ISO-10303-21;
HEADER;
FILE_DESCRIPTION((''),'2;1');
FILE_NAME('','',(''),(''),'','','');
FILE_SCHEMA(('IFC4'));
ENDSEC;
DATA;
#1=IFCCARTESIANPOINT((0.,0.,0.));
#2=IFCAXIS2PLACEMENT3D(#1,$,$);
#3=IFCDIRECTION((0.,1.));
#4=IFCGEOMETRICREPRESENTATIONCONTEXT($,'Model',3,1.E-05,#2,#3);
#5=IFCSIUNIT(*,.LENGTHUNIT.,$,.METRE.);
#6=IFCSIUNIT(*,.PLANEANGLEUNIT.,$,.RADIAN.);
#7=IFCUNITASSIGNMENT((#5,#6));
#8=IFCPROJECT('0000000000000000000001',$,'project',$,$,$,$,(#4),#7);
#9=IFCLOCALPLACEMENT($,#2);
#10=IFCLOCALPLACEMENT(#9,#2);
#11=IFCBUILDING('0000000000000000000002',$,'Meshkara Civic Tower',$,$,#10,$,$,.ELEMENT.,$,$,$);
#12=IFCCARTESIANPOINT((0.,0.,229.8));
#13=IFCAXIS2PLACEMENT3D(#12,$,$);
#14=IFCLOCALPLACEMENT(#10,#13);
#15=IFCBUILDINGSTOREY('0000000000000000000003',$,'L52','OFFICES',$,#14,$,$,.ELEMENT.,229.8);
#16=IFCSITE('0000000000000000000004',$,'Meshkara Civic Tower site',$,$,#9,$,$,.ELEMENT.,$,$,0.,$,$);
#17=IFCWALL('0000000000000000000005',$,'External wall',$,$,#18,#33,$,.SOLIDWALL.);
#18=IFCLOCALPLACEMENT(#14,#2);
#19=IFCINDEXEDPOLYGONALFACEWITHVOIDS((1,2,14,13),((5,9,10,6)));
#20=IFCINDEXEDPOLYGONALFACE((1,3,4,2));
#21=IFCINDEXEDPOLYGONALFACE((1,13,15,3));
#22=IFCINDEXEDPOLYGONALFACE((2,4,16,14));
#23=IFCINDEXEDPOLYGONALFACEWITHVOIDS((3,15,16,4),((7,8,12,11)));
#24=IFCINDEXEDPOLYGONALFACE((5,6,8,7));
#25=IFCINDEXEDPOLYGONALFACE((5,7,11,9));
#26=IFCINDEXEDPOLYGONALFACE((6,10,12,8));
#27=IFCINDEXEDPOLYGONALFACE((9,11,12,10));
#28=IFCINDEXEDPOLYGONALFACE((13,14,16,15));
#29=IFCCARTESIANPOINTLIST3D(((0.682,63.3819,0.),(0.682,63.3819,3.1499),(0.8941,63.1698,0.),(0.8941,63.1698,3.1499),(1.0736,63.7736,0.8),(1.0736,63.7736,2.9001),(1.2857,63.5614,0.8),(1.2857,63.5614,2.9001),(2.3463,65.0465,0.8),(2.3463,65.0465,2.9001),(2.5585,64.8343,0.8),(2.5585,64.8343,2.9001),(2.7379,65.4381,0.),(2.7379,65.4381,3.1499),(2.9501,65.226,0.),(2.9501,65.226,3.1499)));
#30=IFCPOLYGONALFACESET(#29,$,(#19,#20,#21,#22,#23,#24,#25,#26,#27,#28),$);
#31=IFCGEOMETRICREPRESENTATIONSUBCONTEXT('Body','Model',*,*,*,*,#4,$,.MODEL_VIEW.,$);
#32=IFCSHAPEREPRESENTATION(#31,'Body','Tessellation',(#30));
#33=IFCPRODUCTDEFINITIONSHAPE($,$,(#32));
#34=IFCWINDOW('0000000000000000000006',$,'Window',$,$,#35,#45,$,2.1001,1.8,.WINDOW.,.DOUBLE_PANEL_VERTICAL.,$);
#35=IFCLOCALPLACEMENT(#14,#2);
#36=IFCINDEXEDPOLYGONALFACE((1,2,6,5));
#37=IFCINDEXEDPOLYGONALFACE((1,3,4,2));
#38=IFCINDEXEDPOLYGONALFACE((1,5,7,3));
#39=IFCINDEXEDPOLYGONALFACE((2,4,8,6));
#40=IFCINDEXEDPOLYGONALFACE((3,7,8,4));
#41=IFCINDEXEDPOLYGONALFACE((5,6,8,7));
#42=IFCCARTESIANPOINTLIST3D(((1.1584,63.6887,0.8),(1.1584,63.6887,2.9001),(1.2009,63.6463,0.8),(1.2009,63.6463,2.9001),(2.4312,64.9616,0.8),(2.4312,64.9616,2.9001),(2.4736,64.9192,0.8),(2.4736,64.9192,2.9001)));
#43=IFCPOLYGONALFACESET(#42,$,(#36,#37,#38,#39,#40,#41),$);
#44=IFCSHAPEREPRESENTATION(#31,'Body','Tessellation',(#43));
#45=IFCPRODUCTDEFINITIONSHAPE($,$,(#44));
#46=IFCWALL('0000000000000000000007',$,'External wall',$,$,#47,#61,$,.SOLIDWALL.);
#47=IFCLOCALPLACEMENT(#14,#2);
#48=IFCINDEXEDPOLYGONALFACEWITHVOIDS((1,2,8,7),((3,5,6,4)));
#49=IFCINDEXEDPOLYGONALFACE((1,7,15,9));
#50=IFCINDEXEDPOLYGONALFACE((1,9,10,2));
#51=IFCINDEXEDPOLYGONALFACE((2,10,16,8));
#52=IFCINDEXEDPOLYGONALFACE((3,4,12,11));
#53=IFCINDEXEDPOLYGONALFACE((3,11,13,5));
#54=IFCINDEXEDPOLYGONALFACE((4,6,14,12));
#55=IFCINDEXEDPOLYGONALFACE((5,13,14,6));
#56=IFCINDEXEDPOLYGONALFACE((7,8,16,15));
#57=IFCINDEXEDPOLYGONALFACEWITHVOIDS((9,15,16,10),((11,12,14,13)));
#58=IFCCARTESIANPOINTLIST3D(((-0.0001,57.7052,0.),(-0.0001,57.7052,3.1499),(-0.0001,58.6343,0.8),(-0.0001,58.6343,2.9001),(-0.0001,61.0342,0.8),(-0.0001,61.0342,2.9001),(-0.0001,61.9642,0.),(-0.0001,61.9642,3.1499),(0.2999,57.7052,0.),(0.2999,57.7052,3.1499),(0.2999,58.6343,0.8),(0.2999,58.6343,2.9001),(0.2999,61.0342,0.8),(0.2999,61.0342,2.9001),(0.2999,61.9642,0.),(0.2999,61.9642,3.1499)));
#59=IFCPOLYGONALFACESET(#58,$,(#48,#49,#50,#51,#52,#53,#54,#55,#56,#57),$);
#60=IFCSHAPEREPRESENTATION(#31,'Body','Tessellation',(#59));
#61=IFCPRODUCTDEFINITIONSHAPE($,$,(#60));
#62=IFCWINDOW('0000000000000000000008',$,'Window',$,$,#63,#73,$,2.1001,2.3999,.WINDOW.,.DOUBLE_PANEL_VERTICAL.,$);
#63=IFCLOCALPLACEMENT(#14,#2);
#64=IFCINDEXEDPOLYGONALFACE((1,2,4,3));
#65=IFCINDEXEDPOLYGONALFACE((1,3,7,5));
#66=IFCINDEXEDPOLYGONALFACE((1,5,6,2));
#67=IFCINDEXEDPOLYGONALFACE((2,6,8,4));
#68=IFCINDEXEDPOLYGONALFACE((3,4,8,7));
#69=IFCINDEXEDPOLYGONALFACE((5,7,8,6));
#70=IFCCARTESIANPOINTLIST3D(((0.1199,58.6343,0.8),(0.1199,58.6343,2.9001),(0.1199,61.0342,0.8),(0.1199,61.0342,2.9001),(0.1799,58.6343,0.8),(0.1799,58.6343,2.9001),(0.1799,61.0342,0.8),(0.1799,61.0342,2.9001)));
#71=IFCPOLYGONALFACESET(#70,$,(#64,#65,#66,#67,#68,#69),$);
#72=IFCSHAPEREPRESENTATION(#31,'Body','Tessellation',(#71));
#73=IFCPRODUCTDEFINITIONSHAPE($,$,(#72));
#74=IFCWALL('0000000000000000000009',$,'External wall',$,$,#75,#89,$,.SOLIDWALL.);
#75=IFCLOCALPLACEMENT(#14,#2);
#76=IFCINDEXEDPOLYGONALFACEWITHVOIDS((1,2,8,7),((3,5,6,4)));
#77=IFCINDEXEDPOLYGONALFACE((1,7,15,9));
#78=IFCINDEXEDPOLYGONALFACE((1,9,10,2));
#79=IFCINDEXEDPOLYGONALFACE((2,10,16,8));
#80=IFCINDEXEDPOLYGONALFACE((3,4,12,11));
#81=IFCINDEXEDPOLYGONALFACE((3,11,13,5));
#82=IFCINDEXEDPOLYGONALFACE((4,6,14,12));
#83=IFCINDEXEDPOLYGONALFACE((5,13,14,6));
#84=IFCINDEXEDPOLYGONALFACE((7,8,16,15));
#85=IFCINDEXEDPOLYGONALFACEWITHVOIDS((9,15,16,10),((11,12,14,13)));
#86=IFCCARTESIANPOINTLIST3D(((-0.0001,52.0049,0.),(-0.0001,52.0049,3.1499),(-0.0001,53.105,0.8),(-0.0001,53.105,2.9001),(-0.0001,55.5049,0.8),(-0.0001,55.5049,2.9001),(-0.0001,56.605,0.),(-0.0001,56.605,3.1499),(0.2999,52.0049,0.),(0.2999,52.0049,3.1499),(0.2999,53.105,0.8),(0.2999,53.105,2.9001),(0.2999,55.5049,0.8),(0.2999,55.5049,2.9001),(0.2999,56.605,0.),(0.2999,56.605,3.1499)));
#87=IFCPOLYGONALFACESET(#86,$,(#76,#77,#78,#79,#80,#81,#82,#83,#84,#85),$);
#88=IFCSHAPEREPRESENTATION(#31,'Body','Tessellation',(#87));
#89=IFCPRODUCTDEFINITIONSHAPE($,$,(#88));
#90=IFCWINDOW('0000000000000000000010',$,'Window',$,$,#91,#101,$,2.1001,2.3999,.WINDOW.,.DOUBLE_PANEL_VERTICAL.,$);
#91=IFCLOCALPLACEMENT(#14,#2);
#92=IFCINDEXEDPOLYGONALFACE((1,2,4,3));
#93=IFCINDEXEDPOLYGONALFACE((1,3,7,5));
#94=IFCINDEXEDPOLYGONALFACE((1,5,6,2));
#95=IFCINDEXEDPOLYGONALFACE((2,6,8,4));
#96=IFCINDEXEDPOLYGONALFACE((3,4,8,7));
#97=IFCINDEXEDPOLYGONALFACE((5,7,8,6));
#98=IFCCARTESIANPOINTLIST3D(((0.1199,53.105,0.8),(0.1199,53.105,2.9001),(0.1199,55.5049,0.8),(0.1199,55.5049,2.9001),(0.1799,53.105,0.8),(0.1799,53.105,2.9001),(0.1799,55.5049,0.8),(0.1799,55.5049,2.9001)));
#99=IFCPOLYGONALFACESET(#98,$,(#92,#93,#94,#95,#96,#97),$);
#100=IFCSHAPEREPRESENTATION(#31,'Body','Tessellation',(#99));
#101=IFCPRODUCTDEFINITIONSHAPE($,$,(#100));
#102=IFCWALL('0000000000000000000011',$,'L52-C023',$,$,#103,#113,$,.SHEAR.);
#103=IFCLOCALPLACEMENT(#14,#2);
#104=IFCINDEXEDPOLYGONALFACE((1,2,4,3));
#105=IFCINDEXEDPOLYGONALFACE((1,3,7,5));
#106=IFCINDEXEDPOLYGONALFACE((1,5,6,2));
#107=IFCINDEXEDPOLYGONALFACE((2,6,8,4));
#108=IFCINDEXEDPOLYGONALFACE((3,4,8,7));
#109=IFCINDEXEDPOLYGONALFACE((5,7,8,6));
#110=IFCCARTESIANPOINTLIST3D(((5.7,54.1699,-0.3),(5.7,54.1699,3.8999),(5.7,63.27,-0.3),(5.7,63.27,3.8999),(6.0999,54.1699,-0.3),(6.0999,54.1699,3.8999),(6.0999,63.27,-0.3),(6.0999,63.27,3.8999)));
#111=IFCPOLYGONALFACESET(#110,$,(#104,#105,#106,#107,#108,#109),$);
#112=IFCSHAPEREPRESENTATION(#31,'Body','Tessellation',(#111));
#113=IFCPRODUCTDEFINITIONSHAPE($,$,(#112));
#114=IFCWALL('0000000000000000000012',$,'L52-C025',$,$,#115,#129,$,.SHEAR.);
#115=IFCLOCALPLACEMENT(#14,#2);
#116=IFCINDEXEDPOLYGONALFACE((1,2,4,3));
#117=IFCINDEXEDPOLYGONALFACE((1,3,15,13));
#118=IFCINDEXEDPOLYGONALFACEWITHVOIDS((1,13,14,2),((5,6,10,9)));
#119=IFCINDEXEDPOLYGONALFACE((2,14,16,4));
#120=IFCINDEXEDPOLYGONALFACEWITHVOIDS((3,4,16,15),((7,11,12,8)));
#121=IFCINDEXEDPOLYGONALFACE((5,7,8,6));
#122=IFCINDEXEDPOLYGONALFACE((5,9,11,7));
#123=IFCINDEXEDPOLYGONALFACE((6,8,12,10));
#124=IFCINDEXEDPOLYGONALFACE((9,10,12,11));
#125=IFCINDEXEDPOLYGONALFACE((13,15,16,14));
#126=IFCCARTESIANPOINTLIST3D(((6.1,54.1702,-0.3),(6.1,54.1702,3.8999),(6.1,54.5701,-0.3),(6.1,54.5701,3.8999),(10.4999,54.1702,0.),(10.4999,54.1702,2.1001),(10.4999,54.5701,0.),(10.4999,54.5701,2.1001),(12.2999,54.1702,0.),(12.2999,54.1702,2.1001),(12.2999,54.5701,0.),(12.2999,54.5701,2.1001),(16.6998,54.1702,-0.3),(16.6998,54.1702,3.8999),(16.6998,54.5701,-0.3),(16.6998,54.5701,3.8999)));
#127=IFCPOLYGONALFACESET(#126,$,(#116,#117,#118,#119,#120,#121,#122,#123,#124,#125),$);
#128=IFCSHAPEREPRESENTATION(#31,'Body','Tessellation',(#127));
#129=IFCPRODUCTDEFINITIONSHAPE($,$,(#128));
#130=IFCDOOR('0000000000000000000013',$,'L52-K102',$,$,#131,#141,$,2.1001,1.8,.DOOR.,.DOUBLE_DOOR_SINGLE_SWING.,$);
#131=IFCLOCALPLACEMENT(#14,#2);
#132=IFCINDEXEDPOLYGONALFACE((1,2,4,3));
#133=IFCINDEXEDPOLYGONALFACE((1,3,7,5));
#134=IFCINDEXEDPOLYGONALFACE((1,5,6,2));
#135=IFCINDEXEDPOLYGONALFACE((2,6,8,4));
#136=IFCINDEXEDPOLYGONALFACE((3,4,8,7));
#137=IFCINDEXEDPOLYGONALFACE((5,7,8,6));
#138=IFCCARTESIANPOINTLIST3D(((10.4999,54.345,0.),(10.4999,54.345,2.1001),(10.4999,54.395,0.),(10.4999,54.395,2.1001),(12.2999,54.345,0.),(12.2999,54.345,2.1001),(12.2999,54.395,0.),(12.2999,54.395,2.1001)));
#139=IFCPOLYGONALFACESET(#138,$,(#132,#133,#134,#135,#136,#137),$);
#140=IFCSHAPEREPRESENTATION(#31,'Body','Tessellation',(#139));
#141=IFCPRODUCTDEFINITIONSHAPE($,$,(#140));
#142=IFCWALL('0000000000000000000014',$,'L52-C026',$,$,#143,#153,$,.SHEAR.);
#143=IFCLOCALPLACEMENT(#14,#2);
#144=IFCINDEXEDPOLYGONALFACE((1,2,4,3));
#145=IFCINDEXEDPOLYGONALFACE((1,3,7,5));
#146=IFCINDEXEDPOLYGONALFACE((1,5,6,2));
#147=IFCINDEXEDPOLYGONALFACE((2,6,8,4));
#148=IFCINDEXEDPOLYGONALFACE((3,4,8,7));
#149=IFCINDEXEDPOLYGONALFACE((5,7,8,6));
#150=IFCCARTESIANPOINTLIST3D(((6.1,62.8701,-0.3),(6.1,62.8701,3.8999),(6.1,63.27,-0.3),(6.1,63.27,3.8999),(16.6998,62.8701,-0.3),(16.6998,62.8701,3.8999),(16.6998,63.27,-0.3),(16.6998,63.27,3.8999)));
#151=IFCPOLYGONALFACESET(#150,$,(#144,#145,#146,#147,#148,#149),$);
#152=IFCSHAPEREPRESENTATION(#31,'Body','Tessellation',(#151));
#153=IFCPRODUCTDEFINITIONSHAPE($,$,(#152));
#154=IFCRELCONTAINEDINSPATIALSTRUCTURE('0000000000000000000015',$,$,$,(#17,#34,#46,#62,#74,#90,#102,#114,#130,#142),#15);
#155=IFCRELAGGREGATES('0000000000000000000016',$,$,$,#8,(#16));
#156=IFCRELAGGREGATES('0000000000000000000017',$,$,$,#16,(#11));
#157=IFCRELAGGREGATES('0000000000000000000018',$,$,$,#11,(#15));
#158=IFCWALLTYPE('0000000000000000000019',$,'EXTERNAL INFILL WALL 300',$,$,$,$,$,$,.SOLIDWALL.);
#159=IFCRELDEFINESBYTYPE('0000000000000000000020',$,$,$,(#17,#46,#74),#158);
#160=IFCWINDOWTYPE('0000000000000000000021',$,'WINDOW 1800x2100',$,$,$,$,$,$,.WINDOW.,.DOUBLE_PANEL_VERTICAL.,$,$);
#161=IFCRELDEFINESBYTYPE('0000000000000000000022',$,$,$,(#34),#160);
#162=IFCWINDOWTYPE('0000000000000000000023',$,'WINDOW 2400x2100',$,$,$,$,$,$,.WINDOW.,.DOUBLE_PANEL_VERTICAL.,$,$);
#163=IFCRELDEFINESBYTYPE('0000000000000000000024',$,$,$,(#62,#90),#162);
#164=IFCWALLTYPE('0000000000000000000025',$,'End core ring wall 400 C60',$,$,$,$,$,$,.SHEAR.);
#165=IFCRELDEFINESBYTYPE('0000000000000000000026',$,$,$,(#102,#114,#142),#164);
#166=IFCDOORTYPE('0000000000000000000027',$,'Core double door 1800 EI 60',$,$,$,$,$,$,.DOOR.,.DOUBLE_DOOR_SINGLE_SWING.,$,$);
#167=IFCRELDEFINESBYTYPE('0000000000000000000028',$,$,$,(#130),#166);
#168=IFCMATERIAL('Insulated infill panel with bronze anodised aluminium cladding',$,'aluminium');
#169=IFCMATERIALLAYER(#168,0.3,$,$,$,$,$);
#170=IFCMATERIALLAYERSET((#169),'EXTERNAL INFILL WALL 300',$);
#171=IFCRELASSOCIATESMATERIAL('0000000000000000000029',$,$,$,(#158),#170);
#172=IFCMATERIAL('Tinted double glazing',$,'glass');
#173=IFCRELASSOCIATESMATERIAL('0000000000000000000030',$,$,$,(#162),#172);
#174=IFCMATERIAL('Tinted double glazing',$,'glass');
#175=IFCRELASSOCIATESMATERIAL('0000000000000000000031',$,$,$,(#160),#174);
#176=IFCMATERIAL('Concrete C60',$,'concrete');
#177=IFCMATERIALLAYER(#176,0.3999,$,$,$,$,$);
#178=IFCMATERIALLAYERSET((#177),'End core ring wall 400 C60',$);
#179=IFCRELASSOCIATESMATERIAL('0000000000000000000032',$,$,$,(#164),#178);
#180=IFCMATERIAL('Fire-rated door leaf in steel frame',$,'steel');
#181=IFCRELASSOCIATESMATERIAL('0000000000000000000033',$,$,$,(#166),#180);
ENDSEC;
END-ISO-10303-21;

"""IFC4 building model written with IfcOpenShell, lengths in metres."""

from ifc_helpers import new_model, si_unit, direction, frame, frame_2d, origin, place, context, subcontext, project, spatial, rectangle, extrude, material, layer, layer_set, type_object, element, fill, save


model = new_model("IFC4")

# Units and contexts
model_context = context("Model", 3, precision=1e-05, world=origin(), true_north=direction((0.0, 1.0)))
body_context = subcontext(model_context, "Body", "Model", "MODEL_VIEW")
ifc_project = project(units=[si_unit("LENGTHUNIT", "METRE"), si_unit("PLANEANGLEUNIT", "RADIAN")], contexts=[model_context])

# Site, building, storey
site_placement = place(None, origin())
site = spatial("IfcSite", under=ifc_project, at=site_placement, Name="Meshkara Civic Tower site", CompositionType="ELEMENT", RefElevation=0.0)
building_placement = place(site_placement, origin())
building = spatial("IfcBuilding", under=site, at=building_placement, Name="Meshkara Civic Tower", CompositionType="ELEMENT")
storey_placement = place(building_placement, frame((0.0, 0.0, 229.8)))
storey = spatial("IfcBuildingStorey", under=building, at=storey_placement, Name="L52", Description="OFFICES", CompositionType="ELEMENT", Elevation=229.8)

# Walls, openings, windows
ifc_material_1 = material(Name="Insulated infill panel with bronze anodised aluminium cladding", Category="aluminium")
ifc_layer_1 = layer(ifc_material_1, 0.3)
ifc_layer_set_1 = layer_set([ifc_layer_1], Name="EXTERNAL INFILL WALL 300")
wall_type_1 = type_object("IfcWallType", Name="EXTERNAL INFILL WALL 300", PredefinedType="SOLIDWALL", material=ifc_layer_set_1)
ifc_material_2 = material(Name="Tinted double glazing", Category="glass")
window_type_1 = type_object("IfcWindowType", Name="WINDOW 2400x2100", PartitioningType="DOUBLE_PANEL_VERTICAL", PredefinedType="WINDOW", material=ifc_material_2)
wall_1_placement = place(storey_placement, frame((2.844, 65.332, 0.0), z_axis=(0.0, 0.0, 1.0), x_axis=(-0.707065, -0.707149, 0.0)))
wall_1 = element("IfcWall", 1, at=wall_1_placement, inside=storey, type_object=wall_type_1, Name="External wall", PredefinedType="SOLIDWALL", context=body_context, shape_type="SweptSolid", body=[
    extrude(rectangle(XDim=2.9077, YDim=0.3, at=frame_2d((1.4539, 0.0))), origin(), (0.0, 0.0, 1.0), 3.1499),
])
opening_1_placement = place(wall_1_placement, frame((0.554, 0.0, 0.8)))
opening_1 = element("IfcOpeningElement", 2, at=opening_1_placement, cuts=wall_1, PredefinedType="OPENING", context=body_context, shape_type="SweptSolid", body=[
    extrude(rectangle(XDim=1.8, YDim=2.1001, at=frame_2d((0.8999, 1.05))), frame((0.0, 0.1599, 0.0), z_axis=(0.0, -1.0, 0.0), x_axis=(1.0, 0.0, 0.0)), (0.0, 0.0, 1.0), 0.3201),
])
ifc_material_3 = material(Name="Tinted double glazing", Category="glass")
window_type_2 = type_object("IfcWindowType", Name="WINDOW 1800x2100", PartitioningType="DOUBLE_PANEL_VERTICAL", PredefinedType="WINDOW", material=ifc_material_3)
window_1_placement = place(opening_1_placement, origin())
window_1 = element("IfcWindow", 3, at=window_1_placement, inside=storey, type_object=window_type_2, Name="Window", OverallHeight=2.1001, OverallWidth=1.8, PartitioningType="DOUBLE_PANEL_VERTICAL", PredefinedType="WINDOW", context=body_context, shape_type="SweptSolid", body=[
    extrude(rectangle(XDim=1.8, YDim=2.1001, at=frame_2d((0.8999, 1.05))), frame((0.0, 0.03, 0.0), z_axis=(0.0, -1.0, 0.0), x_axis=(1.0, 0.0, 0.0)), (0.0, 0.0, 1.0), 0.0601),
])
fill(opening_1, window_1)
wall_2_placement = place(storey_placement, frame((0.1499, 61.9641, 0.0), z_axis=(0.0, 0.0, 1.0), x_axis=(0.0, -1.0, 0.0)))
wall_2 = element("IfcWall", 4, at=wall_2_placement, inside=storey, type_object=wall_type_1, Name="External wall", PredefinedType="SOLIDWALL", context=body_context, shape_type="SweptSolid", body=[
    extrude(rectangle(XDim=4.259, YDim=0.3, at=frame_2d((2.1294, 0.0))), origin(), (0.0, 0.0, 1.0), 3.1499),
])
opening_2_placement = place(wall_2_placement, frame((0.9299, 0.0, 0.8)))
opening_2 = element("IfcOpeningElement", 5, at=opening_2_placement, cuts=wall_2, PredefinedType="OPENING", context=body_context, shape_type="SweptSolid", body=[
    extrude(rectangle(XDim=2.3999, YDim=2.1001, at=frame_2d((1.2, 1.05))), frame((0.0, 0.1599, 0.0), z_axis=(0.0, -1.0, 0.0), x_axis=(1.0, 0.0, 0.0)), (0.0, 0.0, 1.0), 0.3201),
])
window_2_placement = place(opening_2_placement, origin())
window_2 = element("IfcWindow", 6, at=window_2_placement, inside=storey, type_object=window_type_1, Name="Window", OverallHeight=2.1001, OverallWidth=2.3999, PartitioningType="DOUBLE_PANEL_VERTICAL", PredefinedType="WINDOW", context=body_context, shape_type="SweptSolid", body=[
    extrude(rectangle(XDim=2.3999, YDim=2.1001, at=frame_2d((1.2, 1.05))), frame((0.0, 0.03, 0.0), z_axis=(0.0, -1.0, 0.0), x_axis=(1.0, 0.0, 0.0)), (0.0, 0.0, 1.0), 0.0601),
])
fill(opening_2, window_2)
wall_3_placement = place(storey_placement, frame((0.1499, 56.605, 0.0), z_axis=(0.0, 0.0, 1.0), x_axis=(0.0, -1.0, 0.0)))
wall_3 = element("IfcWall", 7, at=wall_3_placement, inside=storey, type_object=wall_type_1, Name="External wall", PredefinedType="SOLIDWALL", context=body_context, shape_type="SweptSolid", body=[
    extrude(rectangle(XDim=4.6001, YDim=0.3, at=frame_2d((2.3, 0.0))), origin(), (0.0, 0.0, 1.0), 3.1499),
])
opening_3_placement = place(wall_3_placement, frame((1.1001, 0.0, 0.8)))
opening_3 = element("IfcOpeningElement", 8, at=opening_3_placement, cuts=wall_3, PredefinedType="OPENING", context=body_context, shape_type="SweptSolid", body=[
    extrude(rectangle(XDim=2.3999, YDim=2.1001, at=frame_2d((1.2, 1.05))), frame((0.0, 0.1599, 0.0), z_axis=(0.0, -1.0, 0.0), x_axis=(1.0, 0.0, 0.0)), (0.0, 0.0, 1.0), 0.3201),
])
window_3_placement = place(opening_3_placement, origin())
window_3 = element("IfcWindow", 9, at=window_3_placement, inside=storey, type_object=window_type_1, Name="Window", OverallHeight=2.1001, OverallWidth=2.3999, PartitioningType="DOUBLE_PANEL_VERTICAL", PredefinedType="WINDOW", context=body_context, shape_type="SweptSolid", body=[
    extrude(rectangle(XDim=2.3999, YDim=2.1001, at=frame_2d((1.2, 1.05))), frame((0.0, 0.03, 0.0), z_axis=(0.0, -1.0, 0.0), x_axis=(1.0, 0.0, 0.0)), (0.0, 0.0, 1.0), 0.0601),
])
fill(opening_3, window_3)

# Wall
ifc_material_4 = material(Name="Concrete C60", Category="concrete")
ifc_layer_2 = layer(ifc_material_4, 0.3999)
ifc_layer_set_2 = layer_set([ifc_layer_2], Name="End core ring wall 400 C60")
wall_type_2 = type_object("IfcWallType", Name="End core ring wall 400 C60", PredefinedType="SHEAR", material=ifc_layer_set_2)
wall_4_placement = place(storey_placement, frame((5.8999, 54.1699, -0.3), z_axis=(0.0, 0.0, 1.0), x_axis=(0.0, 1.0, 0.0)))
element("IfcWall", 10, at=wall_4_placement, inside=storey, type_object=wall_type_2, Name="L52-C023", PredefinedType="SHEAR", context=body_context, shape_type="SweptSolid", body=[
    extrude(rectangle(XDim=9.1001, YDim=0.3999, at=frame_2d((4.55, 0.0))), origin(), (0.0, 0.0, 1.0), 4.2),
])

# Wall, opening, door
wall_5_placement = place(storey_placement, frame((6.1001, 54.3701, -0.3), z_axis=(0.0, 0.0, 1.0), x_axis=(1.0, 0.0, 0.0)))
wall_5 = element("IfcWall", 11, at=wall_5_placement, inside=storey, type_object=wall_type_2, Name="L52-C025", PredefinedType="SHEAR", context=body_context, shape_type="SweptSolid", body=[
    extrude(rectangle(XDim=10.5999, YDim=0.3999, at=frame_2d((5.2998, 0.0))), origin(), (0.0, 0.0, 1.0), 4.2),
])
opening_4_placement = place(wall_5_placement, frame((4.3999, 0.0, 0.3)))
opening_4 = element("IfcOpeningElement", 12, at=opening_4_placement, cuts=wall_5, PredefinedType="OPENING", context=body_context, shape_type="SweptSolid", body=[
    extrude(rectangle(XDim=1.8, YDim=2.1001, at=frame_2d((0.8999, 1.05))), frame((0.0, 0.21, 0.0), z_axis=(0.0, -1.0, 0.0), x_axis=(1.0, 0.0, 0.0)), (0.0, 0.0, 1.0), 0.4199),
])
ifc_material_5 = material(Name="Fire-rated door leaf in steel frame", Category="steel")
door_type_1 = type_object("IfcDoorType", Name="Core double door 1800 EI 60", OperationType="DOUBLE_DOOR_SINGLE_SWING", PredefinedType="DOOR", material=ifc_material_5)
door_1_placement = place(opening_4_placement, origin())
door_1 = element("IfcDoor", 13, at=door_1_placement, inside=storey, type_object=door_type_1, Name="L52-K102", OperationType="DOUBLE_DOOR_SINGLE_SWING", OverallHeight=2.1001, OverallWidth=1.8, PredefinedType="DOOR", context=body_context, shape_type="SweptSolid", body=[
    extrude(rectangle(XDim=1.8, YDim=2.1001, at=frame_2d((0.8999, 1.05))), frame((0.0, 0.0249, 0.0), z_axis=(0.0, -1.0, 0.0), x_axis=(1.0, 0.0, 0.0)), (0.0, 0.0, 1.0), 0.05),
])
fill(opening_4, door_1)

# Wall
wall_6_placement = place(storey_placement, frame((6.1001, 63.0701, -0.3), z_axis=(0.0, 0.0, 1.0), x_axis=(1.0, 0.0, 0.0)))
element("IfcWall", 14, at=wall_6_placement, inside=storey, type_object=wall_type_2, Name="L52-C026", PredefinedType="SHEAR", context=body_context, shape_type="SweptSolid", body=[
    extrude(rectangle(XDim=10.5999, YDim=0.3999, at=frame_2d((5.2998, 0.0))), origin(), (0.0, 0.0, 1.0), 4.2),
])

save(model, "model.ifc")
